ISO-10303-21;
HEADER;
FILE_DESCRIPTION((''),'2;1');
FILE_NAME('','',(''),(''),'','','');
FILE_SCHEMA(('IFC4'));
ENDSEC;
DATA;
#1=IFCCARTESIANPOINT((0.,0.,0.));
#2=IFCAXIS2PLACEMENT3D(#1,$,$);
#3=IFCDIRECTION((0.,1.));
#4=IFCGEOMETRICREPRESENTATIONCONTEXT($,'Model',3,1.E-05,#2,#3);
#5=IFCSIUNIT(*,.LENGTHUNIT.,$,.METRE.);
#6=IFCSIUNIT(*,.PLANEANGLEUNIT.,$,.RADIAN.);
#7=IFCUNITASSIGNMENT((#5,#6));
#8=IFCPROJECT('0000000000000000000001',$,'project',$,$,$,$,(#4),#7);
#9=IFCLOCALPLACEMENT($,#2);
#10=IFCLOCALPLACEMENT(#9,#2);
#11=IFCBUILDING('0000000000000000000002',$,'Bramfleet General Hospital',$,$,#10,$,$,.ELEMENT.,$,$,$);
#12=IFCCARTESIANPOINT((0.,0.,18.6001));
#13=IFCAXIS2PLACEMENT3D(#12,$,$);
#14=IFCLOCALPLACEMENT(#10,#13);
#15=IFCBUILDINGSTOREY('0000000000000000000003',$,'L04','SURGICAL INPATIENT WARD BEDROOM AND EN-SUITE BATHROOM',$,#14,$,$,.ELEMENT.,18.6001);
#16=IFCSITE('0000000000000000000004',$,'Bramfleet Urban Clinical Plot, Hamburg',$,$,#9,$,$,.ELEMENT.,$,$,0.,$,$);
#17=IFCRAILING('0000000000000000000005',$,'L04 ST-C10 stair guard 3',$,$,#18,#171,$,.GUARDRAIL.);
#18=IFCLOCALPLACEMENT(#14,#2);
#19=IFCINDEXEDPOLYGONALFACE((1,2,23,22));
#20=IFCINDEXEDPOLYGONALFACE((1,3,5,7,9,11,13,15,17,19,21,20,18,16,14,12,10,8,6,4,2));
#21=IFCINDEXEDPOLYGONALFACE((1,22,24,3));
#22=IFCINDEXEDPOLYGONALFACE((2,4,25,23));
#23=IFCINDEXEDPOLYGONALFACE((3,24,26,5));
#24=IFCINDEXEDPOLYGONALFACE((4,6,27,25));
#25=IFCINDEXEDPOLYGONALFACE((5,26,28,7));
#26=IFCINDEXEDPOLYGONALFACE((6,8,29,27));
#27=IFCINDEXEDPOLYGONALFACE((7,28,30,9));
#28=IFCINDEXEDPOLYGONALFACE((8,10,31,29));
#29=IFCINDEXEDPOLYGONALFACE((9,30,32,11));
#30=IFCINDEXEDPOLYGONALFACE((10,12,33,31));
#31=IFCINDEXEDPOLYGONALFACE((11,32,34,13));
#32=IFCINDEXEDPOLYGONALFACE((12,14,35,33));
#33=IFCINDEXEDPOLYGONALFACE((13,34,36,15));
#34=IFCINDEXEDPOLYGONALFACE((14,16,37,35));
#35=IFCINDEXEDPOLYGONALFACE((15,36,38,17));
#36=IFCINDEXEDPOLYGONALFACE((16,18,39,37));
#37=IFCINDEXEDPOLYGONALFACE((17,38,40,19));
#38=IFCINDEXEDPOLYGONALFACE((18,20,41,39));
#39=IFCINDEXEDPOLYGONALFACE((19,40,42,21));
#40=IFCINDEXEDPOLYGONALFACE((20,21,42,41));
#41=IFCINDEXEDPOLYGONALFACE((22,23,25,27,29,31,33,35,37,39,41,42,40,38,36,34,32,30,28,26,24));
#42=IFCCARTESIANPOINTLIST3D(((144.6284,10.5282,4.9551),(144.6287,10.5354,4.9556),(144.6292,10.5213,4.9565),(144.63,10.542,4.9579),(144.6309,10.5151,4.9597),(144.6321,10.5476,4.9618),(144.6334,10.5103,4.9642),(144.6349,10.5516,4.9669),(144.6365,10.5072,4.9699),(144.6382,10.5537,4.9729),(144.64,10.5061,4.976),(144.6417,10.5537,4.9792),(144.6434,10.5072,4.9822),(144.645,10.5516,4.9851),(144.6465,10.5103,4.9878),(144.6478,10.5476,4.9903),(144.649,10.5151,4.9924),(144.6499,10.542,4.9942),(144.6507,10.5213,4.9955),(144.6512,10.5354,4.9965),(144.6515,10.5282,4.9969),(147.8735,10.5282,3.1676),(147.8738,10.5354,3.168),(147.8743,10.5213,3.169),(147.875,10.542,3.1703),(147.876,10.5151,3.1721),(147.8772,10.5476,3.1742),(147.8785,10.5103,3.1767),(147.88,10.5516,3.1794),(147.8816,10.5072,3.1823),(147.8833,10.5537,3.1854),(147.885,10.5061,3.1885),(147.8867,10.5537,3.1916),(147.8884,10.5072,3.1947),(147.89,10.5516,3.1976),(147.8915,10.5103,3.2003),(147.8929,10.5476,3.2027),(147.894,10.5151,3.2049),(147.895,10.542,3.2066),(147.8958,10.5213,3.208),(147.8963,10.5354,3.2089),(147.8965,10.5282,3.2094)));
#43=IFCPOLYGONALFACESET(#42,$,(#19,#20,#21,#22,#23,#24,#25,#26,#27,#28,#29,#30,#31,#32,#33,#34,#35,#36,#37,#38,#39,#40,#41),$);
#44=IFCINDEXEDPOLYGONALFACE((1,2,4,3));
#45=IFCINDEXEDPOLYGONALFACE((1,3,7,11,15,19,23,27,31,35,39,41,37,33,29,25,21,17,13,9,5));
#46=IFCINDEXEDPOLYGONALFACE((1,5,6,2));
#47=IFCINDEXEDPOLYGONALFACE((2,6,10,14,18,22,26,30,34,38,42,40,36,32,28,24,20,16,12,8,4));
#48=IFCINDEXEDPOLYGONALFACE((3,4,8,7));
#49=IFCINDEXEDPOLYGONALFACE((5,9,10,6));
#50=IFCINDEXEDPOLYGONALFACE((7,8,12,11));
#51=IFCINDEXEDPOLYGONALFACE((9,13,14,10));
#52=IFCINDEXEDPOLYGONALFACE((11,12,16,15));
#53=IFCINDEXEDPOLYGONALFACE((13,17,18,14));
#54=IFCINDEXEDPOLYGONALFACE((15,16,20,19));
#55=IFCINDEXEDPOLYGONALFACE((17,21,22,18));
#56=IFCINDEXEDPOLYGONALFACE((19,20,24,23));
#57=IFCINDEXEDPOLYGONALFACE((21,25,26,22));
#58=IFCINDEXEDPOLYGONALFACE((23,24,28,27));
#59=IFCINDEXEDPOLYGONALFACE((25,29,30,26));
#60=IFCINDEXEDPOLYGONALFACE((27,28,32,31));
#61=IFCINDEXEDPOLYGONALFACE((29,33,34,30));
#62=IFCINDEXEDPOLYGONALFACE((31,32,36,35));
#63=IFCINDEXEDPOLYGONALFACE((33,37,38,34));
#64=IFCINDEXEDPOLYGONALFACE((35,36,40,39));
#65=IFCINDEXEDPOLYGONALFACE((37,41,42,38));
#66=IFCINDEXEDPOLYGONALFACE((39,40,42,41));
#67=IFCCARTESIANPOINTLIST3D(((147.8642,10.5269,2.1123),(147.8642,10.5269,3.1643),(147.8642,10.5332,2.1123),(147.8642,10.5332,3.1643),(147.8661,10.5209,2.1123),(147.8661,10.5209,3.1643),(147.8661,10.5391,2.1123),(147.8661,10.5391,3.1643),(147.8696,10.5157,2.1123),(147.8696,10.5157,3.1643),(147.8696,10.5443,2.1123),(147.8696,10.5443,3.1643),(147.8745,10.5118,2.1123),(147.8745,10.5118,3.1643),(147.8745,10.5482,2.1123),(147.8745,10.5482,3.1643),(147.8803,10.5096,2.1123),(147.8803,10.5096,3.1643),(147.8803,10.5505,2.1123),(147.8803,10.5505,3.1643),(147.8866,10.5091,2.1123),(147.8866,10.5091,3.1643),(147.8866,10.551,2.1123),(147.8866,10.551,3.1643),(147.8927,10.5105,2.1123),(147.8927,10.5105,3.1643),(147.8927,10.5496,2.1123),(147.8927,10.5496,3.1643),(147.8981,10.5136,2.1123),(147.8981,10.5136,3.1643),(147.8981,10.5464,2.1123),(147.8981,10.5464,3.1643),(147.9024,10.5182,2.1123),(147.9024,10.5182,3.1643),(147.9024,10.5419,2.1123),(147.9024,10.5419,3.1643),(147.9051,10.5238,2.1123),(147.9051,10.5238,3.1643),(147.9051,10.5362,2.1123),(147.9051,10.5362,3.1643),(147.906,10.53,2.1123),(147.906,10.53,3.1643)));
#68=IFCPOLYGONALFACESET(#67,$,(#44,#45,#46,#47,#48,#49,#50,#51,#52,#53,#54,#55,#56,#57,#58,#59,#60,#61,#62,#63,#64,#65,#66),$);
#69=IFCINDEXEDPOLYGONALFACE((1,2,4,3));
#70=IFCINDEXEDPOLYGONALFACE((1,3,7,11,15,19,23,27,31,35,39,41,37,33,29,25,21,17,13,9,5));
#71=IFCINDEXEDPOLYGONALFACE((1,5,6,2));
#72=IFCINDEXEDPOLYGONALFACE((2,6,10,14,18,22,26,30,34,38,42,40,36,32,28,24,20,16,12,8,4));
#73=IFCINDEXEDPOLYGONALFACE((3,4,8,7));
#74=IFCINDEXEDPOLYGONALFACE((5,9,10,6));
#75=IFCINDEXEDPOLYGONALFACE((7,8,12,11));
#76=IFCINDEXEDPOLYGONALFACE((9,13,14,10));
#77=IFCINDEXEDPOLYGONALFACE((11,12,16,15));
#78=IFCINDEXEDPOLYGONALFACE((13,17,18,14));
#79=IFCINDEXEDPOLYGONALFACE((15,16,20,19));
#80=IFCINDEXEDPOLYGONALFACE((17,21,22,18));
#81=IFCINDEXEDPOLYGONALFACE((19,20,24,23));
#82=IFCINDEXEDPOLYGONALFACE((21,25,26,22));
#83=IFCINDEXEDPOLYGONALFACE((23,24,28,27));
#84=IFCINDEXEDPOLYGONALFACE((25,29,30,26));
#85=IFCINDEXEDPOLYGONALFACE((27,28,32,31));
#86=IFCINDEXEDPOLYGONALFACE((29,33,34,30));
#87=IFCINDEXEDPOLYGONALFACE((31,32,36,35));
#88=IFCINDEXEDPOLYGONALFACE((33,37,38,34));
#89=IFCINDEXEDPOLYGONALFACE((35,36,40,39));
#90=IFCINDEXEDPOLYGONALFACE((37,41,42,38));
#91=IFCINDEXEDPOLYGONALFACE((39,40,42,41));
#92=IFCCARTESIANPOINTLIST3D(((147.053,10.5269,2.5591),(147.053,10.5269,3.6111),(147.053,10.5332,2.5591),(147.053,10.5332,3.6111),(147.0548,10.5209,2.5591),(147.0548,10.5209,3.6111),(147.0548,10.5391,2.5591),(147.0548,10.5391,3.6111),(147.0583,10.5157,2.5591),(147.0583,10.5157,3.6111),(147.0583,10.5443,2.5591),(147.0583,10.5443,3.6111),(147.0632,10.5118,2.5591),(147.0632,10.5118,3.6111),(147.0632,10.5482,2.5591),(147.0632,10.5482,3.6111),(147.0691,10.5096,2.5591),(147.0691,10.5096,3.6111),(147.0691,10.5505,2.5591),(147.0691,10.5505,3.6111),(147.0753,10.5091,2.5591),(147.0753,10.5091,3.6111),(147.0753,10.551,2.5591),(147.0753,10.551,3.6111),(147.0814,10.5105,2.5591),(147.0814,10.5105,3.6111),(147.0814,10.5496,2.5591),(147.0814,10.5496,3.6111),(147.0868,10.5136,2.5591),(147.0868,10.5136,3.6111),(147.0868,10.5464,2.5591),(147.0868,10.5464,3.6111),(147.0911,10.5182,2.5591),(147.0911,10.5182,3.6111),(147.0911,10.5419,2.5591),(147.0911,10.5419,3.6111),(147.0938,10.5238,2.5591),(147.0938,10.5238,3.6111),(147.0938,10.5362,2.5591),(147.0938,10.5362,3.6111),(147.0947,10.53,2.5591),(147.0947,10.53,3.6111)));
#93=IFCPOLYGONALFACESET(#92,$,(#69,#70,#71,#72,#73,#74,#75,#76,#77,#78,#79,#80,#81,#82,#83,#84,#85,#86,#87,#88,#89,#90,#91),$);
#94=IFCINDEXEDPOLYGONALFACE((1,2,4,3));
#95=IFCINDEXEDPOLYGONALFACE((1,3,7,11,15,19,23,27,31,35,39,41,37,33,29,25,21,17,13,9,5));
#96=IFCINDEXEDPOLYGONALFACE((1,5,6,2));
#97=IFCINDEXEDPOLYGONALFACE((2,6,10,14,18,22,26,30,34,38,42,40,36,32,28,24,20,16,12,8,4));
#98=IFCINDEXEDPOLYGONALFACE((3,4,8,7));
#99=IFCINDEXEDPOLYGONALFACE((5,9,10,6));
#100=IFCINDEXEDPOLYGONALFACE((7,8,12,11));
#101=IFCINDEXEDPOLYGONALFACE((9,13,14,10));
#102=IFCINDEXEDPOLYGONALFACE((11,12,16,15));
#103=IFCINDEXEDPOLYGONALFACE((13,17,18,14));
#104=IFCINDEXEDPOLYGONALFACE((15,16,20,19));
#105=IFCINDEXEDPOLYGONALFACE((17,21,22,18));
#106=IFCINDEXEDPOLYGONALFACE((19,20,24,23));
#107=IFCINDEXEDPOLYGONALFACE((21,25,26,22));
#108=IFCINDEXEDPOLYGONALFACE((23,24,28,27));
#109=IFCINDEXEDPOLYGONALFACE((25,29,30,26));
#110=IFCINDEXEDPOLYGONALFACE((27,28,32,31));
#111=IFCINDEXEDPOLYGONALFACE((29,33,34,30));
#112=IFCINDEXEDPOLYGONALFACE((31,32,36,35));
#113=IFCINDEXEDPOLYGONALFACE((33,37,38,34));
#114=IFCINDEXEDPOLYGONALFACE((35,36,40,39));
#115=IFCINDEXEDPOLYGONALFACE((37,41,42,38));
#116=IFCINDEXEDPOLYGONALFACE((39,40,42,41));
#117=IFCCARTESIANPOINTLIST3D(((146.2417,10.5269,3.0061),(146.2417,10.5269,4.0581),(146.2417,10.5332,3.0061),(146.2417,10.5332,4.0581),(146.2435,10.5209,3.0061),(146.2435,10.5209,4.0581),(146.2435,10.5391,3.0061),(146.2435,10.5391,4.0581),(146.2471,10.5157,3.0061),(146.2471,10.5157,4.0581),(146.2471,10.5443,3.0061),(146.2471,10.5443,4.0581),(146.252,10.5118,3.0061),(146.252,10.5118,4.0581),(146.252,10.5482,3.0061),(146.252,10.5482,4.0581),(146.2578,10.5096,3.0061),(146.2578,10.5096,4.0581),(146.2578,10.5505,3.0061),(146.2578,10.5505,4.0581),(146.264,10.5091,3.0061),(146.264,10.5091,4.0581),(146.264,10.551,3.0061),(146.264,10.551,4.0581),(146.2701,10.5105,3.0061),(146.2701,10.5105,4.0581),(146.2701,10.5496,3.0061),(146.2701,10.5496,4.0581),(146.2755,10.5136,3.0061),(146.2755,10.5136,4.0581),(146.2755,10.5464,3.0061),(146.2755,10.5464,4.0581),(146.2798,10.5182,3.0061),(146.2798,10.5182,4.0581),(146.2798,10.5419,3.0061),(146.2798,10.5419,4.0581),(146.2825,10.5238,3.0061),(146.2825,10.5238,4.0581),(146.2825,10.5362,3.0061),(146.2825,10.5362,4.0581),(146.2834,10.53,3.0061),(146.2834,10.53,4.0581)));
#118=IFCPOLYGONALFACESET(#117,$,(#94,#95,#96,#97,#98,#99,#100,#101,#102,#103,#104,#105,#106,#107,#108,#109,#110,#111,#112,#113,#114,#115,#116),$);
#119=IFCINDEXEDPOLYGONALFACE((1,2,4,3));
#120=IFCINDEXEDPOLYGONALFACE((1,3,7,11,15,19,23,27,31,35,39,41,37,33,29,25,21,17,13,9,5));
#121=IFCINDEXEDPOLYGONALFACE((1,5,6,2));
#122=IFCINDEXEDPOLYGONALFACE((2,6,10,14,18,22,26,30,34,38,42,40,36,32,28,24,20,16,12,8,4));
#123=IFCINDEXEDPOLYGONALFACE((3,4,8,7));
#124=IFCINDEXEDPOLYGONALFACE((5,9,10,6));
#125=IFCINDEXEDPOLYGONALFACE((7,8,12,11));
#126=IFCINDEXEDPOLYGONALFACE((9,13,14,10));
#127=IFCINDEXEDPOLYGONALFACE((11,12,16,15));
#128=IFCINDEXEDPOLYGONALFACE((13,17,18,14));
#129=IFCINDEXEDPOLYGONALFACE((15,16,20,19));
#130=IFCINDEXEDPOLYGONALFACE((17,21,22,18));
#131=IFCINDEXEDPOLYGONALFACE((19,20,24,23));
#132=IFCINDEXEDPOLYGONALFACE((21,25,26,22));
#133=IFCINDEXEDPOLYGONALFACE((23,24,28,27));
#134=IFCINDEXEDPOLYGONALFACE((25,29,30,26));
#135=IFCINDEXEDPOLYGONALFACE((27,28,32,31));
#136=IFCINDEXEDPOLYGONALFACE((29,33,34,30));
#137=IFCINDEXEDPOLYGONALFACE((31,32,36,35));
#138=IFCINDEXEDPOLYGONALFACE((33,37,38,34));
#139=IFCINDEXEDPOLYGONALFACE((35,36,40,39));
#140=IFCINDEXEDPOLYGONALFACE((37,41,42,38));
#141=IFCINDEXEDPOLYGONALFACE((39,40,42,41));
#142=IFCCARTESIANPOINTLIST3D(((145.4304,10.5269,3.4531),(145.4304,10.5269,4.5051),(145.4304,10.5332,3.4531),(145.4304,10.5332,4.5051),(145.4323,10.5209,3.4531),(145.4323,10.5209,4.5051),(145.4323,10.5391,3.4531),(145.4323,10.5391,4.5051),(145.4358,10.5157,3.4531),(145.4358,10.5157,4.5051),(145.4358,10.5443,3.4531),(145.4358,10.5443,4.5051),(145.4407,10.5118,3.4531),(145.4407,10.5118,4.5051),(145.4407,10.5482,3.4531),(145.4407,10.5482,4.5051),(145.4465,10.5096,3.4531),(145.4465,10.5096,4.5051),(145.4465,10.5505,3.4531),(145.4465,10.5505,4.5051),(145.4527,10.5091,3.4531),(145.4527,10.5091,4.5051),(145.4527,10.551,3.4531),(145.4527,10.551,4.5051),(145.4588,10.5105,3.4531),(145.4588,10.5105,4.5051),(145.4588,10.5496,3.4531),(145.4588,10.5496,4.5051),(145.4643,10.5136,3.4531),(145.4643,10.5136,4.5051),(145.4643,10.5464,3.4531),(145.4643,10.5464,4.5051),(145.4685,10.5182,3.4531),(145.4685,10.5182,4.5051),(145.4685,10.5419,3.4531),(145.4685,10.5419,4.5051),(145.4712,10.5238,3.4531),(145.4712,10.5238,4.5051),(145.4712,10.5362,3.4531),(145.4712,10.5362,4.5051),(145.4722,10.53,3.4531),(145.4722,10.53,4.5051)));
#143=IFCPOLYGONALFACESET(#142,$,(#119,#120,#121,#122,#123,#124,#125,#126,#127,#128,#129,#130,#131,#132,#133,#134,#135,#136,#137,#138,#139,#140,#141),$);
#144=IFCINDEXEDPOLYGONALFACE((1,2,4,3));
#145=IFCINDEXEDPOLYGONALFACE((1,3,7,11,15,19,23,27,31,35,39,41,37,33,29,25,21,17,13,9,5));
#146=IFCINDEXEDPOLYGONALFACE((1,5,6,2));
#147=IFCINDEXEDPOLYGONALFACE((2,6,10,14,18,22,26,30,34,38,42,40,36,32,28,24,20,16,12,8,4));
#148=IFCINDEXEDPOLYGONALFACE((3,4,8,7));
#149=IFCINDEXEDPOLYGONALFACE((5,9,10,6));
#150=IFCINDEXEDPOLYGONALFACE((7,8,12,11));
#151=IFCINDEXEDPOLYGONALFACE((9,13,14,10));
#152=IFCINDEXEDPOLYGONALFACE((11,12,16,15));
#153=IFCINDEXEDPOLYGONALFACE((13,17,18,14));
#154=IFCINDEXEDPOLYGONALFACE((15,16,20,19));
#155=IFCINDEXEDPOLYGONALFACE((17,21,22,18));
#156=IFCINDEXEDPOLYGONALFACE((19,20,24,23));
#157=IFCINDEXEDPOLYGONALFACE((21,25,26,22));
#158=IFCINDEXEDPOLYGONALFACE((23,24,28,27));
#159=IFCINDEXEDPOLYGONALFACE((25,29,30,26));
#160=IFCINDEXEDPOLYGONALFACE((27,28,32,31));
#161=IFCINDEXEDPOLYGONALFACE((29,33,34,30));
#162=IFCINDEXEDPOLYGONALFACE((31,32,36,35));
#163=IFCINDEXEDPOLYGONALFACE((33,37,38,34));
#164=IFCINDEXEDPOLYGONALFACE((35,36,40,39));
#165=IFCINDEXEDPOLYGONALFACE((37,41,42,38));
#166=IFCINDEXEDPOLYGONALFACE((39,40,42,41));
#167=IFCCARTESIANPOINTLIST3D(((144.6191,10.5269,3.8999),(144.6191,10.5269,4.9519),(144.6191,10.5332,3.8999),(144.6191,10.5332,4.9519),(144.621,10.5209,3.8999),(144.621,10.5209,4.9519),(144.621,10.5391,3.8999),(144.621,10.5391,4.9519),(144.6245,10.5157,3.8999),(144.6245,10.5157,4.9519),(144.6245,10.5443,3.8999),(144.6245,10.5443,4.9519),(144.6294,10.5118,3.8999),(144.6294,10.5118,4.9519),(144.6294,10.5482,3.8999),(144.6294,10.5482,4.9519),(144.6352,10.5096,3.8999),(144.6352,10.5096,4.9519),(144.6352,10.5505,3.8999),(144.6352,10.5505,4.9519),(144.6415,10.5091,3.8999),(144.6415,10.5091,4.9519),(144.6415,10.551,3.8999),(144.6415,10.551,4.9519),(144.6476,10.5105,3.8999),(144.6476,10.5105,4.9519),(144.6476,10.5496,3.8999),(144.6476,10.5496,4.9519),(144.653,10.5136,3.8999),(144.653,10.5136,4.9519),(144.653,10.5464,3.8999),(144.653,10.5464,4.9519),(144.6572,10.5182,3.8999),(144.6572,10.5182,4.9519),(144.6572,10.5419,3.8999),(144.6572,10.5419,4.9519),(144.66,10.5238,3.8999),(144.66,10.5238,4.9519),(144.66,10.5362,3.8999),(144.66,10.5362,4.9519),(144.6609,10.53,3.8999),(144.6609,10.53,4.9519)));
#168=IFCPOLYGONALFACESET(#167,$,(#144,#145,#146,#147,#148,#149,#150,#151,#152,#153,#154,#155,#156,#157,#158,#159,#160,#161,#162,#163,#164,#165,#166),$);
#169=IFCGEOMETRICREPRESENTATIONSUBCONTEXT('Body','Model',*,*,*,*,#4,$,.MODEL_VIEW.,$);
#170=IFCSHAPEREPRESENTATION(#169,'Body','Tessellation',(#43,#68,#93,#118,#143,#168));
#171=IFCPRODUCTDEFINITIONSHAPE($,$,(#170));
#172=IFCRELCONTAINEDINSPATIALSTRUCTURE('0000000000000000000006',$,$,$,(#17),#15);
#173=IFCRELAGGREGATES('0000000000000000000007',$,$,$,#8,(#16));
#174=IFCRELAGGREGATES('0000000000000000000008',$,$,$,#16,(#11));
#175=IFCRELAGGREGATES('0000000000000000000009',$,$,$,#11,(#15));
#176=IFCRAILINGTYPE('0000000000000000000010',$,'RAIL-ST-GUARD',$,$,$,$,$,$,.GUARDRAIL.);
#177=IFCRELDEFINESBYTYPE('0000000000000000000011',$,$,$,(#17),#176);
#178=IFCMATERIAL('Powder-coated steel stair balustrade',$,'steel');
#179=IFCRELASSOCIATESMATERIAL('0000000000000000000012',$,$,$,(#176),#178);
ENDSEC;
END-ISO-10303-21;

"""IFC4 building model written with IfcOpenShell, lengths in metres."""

from ifc_helpers import new_model, si_unit, direction, frame, origin, origin_2d, place, context, subcontext, project, spatial, circle, extrude, material, type_object, element, save


model = new_model("IFC4")

# Units and contexts
model_context = context("Model", 3, precision=1e-05, world=origin(), true_north=direction((0.0, 1.0)))
body_context = subcontext(model_context, "Body", "Model", "MODEL_VIEW")
ifc_project = project(units=[si_unit("LENGTHUNIT", "METRE"), si_unit("PLANEANGLEUNIT", "RADIAN")], contexts=[model_context])

# Site, building, storey
site_placement = place(None, origin())
site = spatial("IfcSite", under=ifc_project, at=site_placement, Name="Bramfleet Urban Clinical Plot, Hamburg", CompositionType="ELEMENT", RefElevation=0.0)
building_placement = place(site_placement, origin())
building = spatial("IfcBuilding", under=site, at=building_placement, Name="Bramfleet General Hospital", CompositionType="ELEMENT")
storey_placement = place(building_placement, frame((0.0, 0.0, 18.6001)))
storey = spatial("IfcBuildingStorey", under=building, at=storey_placement, Name="L04", Description="SURGICAL INPATIENT WARD BEDROOM AND EN-SUITE BATHROOM", CompositionType="ELEMENT", Elevation=18.6001)

# Railing
ifc_material_1 = material(Name="Powder-coated steel stair balustrade", Category="steel")
railing_type_1 = type_object("IfcRailingType", Name="RAIL-ST-GUARD", PredefinedType="GUARDRAIL", material=ifc_material_1)
railing_1_placement = place(storey_placement, frame((147.885, 10.53, 2.1123)))
element("IfcRailing", 1, at=railing_1_placement, inside=storey, type_object=railing_type_1, Name="L04 ST-C10 stair guard 3", PredefinedType="GUARDRAIL", context=body_context, shape_type="SweptSolid", body=[
    extrude(circle(Radius=0.0239, at=origin_2d()), frame((0.0, 0.0, 1.0762), z_axis=(-0.875899, 0.0, 0.482495), x_axis=(0.0, -1.0, 0.0)), (0.0, 0.0, 1.0), 3.7048),
    extrude(circle(Radius=0.021, at=origin_2d()), origin(), (0.0, 0.0, 1.0), 1.052),
    extrude(circle(Radius=0.021, at=origin_2d()), frame((-0.8113, 0.0, 0.4468)), (0.0, 0.0, 1.0), 1.052),
    extrude(circle(Radius=0.021, at=origin_2d()), frame((-1.6226, 0.0, 0.8938)), (0.0, 0.0, 1.0), 1.052),
    extrude(circle(Radius=0.021, at=origin_2d()), frame((-2.4338, 0.0, 1.3408)), (0.0, 0.0, 1.0), 1.052),
    extrude(circle(Radius=0.021, at=origin_2d()), frame((-3.2451, 0.0, 1.7876)), (0.0, 0.0, 1.0), 1.052),
])

save(model, "model.ifc")
